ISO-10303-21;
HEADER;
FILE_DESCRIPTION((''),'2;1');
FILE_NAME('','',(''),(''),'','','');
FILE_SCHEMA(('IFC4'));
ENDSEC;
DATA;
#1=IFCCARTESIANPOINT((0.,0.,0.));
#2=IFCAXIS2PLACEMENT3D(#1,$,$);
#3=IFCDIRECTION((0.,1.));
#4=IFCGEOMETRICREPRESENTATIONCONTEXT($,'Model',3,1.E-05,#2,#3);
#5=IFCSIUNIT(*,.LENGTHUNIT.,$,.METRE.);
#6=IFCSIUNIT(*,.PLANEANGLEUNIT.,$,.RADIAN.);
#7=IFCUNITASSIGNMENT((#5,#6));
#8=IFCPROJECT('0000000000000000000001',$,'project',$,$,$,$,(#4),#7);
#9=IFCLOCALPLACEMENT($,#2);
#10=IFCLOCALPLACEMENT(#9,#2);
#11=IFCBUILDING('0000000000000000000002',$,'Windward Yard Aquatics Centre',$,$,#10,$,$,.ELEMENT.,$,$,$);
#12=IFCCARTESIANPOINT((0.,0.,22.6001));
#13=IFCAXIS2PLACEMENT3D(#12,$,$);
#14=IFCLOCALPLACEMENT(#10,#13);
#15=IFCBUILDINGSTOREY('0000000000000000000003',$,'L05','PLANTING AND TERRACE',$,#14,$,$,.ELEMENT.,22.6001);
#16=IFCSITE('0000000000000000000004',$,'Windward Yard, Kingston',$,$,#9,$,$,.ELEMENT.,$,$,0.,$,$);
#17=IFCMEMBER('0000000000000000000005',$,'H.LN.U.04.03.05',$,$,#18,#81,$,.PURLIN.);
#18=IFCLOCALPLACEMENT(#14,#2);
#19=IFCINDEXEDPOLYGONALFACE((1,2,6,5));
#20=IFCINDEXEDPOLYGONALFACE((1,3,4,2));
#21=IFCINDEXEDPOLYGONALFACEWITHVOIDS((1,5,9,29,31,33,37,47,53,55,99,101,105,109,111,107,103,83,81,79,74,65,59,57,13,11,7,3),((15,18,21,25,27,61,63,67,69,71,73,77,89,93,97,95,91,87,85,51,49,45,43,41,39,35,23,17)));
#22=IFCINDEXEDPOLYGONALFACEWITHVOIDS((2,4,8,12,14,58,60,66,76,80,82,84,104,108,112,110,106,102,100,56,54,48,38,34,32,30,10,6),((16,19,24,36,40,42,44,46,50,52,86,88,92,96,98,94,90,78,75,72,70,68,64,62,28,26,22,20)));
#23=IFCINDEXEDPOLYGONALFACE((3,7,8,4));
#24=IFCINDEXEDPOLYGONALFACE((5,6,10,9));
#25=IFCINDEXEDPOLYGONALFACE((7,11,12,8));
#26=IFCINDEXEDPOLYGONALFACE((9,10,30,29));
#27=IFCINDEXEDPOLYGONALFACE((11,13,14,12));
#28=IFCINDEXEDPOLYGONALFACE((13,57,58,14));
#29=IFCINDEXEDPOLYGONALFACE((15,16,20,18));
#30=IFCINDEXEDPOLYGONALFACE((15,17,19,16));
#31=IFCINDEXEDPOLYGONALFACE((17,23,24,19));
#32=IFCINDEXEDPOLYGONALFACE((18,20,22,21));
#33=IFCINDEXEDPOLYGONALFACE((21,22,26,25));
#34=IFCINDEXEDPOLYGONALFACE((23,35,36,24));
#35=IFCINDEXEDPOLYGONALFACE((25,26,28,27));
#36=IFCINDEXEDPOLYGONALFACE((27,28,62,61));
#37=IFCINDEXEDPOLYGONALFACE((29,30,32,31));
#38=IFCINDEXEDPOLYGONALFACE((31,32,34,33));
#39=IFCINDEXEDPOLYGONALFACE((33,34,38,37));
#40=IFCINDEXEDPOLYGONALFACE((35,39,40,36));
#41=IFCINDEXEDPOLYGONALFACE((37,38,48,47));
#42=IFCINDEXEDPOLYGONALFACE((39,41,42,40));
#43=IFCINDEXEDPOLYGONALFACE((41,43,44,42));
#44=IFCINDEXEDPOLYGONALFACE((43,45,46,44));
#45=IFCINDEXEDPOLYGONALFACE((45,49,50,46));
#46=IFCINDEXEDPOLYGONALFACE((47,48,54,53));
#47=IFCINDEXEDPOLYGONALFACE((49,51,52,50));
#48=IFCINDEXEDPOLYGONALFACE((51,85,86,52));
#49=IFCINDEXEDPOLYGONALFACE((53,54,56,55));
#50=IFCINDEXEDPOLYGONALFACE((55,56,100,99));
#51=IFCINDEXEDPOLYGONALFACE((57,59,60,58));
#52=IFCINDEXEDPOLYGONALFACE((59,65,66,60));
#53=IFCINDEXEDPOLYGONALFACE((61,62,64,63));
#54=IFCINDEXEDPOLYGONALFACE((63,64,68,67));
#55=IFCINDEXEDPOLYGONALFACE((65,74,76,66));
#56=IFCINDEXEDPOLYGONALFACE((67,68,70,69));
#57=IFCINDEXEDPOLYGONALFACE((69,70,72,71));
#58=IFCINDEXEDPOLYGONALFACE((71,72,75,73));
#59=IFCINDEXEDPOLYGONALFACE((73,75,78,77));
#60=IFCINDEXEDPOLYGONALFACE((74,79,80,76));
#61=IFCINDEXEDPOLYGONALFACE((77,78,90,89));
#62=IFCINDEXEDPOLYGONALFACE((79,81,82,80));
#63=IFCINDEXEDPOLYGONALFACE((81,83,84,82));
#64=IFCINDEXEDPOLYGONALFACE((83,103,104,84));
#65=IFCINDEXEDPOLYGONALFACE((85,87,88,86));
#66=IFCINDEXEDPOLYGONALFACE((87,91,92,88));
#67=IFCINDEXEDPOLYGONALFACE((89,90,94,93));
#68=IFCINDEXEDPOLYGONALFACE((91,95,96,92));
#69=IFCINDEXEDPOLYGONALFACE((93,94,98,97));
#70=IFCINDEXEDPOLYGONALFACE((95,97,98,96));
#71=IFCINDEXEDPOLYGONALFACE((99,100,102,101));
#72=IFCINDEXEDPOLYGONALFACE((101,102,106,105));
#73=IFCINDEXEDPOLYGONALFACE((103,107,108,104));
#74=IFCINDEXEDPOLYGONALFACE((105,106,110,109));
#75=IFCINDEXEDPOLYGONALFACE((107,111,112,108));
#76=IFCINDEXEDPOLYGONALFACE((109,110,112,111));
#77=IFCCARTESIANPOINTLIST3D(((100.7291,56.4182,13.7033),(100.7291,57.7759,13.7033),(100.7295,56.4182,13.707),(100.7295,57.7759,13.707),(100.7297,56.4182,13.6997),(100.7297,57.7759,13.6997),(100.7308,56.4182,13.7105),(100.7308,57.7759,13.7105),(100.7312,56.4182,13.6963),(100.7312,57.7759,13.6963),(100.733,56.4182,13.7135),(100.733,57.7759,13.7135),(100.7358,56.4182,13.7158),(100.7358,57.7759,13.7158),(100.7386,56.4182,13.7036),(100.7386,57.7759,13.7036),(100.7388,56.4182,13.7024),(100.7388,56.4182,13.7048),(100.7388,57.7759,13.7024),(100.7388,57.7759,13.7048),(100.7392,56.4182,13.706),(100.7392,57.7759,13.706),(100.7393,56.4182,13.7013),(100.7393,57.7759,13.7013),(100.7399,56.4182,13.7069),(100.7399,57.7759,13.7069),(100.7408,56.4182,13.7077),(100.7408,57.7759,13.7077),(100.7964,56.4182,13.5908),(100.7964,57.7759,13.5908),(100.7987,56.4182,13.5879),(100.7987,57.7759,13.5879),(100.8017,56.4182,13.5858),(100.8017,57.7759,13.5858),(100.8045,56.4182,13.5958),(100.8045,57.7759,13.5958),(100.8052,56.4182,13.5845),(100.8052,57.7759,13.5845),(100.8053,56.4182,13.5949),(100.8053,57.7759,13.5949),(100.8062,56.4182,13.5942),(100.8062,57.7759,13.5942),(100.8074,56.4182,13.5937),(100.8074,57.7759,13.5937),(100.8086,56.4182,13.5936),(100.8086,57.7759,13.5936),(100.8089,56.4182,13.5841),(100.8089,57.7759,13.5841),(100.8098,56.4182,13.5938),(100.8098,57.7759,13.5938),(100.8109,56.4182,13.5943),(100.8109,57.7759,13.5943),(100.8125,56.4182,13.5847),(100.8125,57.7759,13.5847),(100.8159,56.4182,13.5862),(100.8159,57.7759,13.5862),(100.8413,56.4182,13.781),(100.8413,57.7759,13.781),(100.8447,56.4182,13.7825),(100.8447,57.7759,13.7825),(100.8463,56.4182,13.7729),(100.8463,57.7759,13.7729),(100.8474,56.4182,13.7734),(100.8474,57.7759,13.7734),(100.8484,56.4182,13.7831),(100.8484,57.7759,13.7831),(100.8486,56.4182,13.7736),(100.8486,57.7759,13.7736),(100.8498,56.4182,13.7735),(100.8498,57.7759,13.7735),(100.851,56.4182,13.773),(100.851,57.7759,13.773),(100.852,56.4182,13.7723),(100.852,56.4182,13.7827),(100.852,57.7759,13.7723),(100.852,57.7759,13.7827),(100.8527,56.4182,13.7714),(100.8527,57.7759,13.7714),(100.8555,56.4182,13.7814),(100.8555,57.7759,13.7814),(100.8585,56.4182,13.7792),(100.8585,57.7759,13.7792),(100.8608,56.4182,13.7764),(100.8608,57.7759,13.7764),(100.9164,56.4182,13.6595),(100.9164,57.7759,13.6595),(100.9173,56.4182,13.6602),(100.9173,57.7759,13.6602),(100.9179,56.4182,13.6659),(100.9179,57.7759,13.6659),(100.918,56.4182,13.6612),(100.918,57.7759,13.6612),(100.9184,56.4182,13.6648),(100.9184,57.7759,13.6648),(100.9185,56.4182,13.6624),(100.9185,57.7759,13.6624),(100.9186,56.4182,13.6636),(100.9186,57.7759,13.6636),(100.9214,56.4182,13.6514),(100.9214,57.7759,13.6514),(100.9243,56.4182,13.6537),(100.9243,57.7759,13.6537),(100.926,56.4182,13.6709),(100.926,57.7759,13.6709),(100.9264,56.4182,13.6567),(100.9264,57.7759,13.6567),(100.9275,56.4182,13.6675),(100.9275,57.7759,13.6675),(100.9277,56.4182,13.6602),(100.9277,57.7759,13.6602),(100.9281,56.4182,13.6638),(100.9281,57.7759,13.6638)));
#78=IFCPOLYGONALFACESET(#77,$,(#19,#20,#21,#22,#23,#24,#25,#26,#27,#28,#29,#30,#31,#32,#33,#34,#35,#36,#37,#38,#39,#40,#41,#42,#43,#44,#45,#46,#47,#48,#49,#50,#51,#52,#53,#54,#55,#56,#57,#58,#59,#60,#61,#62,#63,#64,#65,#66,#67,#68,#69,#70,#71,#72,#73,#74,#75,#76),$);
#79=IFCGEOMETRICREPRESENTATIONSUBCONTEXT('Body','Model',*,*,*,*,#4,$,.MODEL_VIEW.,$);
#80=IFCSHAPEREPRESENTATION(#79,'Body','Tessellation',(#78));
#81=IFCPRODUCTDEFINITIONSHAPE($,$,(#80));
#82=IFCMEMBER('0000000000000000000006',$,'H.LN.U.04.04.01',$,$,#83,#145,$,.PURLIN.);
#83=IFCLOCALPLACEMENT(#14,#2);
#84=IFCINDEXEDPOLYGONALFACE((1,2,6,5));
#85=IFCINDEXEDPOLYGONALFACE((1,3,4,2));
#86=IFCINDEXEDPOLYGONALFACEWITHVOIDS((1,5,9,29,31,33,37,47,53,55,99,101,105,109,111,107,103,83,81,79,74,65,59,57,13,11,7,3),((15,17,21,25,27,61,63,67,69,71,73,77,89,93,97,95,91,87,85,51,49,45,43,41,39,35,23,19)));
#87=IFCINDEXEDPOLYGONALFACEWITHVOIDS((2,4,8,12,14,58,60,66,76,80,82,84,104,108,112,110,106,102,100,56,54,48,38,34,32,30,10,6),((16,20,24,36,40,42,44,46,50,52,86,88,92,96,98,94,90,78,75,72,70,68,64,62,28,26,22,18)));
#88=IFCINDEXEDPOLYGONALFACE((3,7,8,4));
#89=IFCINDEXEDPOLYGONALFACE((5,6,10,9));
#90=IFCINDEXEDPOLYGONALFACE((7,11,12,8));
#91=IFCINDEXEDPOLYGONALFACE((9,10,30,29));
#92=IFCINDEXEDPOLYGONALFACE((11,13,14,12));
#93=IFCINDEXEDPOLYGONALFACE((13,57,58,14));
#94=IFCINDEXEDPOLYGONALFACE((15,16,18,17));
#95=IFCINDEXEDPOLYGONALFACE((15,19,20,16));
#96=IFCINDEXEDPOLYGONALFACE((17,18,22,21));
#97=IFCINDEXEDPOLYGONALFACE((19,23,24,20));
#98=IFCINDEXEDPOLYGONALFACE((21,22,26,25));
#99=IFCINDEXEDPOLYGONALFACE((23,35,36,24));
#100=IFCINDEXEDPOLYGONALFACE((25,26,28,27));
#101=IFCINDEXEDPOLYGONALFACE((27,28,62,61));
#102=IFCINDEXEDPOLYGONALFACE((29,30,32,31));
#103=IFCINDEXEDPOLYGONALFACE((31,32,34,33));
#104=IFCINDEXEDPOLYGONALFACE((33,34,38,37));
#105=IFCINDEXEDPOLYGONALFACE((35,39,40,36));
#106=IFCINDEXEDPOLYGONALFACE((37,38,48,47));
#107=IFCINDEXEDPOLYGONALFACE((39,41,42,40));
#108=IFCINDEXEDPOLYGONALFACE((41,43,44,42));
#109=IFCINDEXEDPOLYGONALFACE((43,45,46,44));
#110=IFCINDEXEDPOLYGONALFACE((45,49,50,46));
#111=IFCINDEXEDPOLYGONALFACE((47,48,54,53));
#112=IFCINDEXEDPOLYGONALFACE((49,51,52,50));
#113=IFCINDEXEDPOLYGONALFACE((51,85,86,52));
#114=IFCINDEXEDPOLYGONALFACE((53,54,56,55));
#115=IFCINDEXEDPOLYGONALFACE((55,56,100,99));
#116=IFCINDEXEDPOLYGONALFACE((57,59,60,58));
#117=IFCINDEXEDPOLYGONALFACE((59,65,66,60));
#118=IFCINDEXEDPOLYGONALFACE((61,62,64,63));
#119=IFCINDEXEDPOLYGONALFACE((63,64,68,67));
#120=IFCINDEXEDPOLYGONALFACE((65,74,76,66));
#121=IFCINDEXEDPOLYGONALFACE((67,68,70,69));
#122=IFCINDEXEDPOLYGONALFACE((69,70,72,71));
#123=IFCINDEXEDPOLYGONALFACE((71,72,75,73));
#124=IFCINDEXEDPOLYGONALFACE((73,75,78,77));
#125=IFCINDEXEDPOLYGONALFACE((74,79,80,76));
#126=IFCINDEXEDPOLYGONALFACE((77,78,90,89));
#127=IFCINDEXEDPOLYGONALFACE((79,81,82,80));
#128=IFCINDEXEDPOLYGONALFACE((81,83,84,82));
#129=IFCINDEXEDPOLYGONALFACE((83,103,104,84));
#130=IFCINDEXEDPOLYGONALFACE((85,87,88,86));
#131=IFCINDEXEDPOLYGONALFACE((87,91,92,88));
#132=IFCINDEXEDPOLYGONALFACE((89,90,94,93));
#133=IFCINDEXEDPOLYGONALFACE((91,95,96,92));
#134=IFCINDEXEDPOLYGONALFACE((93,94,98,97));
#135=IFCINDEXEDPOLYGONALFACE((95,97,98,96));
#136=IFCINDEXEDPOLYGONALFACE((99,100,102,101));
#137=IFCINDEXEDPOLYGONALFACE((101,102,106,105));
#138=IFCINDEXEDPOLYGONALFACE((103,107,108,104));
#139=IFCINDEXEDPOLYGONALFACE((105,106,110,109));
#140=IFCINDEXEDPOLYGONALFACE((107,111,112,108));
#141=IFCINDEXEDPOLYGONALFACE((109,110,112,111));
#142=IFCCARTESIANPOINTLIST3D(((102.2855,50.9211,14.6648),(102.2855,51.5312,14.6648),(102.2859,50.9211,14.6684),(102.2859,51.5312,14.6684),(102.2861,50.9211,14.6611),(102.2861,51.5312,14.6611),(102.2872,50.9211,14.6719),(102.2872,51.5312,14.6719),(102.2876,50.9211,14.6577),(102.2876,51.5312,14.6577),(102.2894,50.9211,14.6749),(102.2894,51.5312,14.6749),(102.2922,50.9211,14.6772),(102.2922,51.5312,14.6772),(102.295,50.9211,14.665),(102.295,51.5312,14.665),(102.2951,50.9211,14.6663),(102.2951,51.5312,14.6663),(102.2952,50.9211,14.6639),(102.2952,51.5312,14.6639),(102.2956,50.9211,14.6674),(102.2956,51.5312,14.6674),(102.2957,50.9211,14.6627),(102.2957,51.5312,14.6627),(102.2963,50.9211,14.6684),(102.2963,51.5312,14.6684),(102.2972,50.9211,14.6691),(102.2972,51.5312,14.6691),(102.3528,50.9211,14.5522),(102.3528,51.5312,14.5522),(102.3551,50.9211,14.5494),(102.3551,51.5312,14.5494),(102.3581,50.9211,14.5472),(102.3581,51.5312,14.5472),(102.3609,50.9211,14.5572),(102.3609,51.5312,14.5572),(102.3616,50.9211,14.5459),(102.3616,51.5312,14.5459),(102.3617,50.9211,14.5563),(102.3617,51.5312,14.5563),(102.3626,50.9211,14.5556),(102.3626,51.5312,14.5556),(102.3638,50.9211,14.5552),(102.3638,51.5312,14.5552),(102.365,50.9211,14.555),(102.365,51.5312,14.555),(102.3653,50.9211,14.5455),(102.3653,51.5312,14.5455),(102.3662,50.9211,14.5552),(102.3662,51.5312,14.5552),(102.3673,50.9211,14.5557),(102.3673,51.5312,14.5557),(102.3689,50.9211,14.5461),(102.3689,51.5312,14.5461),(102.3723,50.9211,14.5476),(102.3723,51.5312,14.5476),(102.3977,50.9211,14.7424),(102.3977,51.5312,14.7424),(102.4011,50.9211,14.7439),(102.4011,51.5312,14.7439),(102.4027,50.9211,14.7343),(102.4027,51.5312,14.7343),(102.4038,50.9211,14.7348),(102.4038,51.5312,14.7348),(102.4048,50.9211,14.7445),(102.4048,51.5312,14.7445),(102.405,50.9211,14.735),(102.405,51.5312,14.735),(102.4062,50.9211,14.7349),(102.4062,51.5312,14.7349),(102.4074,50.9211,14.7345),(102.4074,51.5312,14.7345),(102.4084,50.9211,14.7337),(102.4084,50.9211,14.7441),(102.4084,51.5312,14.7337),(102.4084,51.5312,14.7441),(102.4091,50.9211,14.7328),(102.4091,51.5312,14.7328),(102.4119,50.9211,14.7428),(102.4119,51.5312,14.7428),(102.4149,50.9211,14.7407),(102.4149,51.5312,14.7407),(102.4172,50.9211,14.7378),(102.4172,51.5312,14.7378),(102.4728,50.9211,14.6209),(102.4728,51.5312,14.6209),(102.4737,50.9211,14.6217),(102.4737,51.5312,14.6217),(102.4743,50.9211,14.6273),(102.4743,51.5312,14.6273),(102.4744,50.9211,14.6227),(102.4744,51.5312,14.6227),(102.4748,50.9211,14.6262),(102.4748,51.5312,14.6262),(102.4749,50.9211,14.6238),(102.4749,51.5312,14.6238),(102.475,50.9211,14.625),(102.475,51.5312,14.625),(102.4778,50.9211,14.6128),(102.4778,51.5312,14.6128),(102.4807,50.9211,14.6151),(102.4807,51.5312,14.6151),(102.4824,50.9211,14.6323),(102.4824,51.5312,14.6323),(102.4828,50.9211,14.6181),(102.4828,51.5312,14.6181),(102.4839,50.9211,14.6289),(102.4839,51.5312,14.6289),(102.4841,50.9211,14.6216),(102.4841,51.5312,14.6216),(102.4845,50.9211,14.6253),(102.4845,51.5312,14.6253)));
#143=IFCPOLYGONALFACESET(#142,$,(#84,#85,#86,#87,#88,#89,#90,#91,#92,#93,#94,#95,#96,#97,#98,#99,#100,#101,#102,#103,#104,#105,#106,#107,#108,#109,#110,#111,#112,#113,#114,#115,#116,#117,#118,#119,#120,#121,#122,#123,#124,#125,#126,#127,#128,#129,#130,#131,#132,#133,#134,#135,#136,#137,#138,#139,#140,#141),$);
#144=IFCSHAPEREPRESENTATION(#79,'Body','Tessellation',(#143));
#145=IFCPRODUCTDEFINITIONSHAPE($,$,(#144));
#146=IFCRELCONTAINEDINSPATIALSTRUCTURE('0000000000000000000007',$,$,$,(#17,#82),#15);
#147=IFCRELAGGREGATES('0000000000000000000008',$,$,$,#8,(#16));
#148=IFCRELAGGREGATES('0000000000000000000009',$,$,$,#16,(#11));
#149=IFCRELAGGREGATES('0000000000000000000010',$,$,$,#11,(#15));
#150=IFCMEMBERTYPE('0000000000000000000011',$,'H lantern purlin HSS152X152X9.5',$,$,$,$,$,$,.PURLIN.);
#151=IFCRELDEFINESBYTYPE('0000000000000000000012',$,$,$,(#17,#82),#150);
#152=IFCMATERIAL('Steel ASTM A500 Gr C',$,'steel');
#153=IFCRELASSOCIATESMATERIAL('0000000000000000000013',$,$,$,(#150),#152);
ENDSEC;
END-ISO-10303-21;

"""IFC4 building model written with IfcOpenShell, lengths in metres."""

from ifc_helpers import new_model, si_unit, direction, frame, origin, origin_2d, place, context, subcontext, project, spatial, hollow_rectangle, extrude, material, material_profile, profile_set, type_object, element, save


model = new_model("IFC4")

# Units and contexts
model_context = context("Model", 3, precision=1e-05, world=origin(), true_north=direction((0.0, 1.0)))
body_context = subcontext(model_context, "Body", "Model", "MODEL_VIEW")
ifc_project = project(units=[si_unit("LENGTHUNIT", "METRE"), si_unit("PLANEANGLEUNIT", "RADIAN")], contexts=[model_context])

# Site, building, storey
site_placement = place(None, origin())
site = spatial("IfcSite", under=ifc_project, at=site_placement, Name="Windward Yard, Kingston", CompositionType="ELEMENT", RefElevation=0.0)
building_placement = place(site_placement, origin())
building = spatial("IfcBuilding", under=site, at=building_placement, Name="Windward Yard Aquatics Centre", CompositionType="ELEMENT")
storey_placement = place(building_placement, frame((0.0, 0.0, 22.6001)))
storey = spatial("IfcBuildingStorey", under=building, at=storey_placement, Name="L05", Description="PLANTING AND TERRACE", CompositionType="ELEMENT", Elevation=22.6001)

# Members
ifc_material_1 = material(Name="Steel ASTM A500 Gr C", Category="steel")
ifc_material_profile = material_profile(ifc_material_1, hollow_rectangle(XDim=0.1523, YDim=0.1523, WallThickness=0.0095, InnerFilletRadius=0.0046, OuterFilletRadius=0.0142, at=origin_2d()), Name="HSS152X152X9.5")
ifc_profile_set = profile_set([ifc_material_profile], Name="Steel ASTM A500 Gr C")
member_type = type_object("IfcMemberType", Name="H lantern purlin HSS152X152X9.5", PredefinedType="PURLIN", material=ifc_profile_set)
member_1_placement = place(storey_placement, frame((100.8286, 56.4182, 13.6836), z_axis=(0.0, 1.0, 0.0), x_axis=(-0.850755, 0.0, -0.525562)))
element("IfcMember", 1, at=member_1_placement, inside=storey, type_object=member_type, Name="H.LN.U.04.03.05", PredefinedType="PURLIN", context=body_context, shape_type="SweptSolid", body=[
    extrude(hollow_rectangle(XDim=0.1523, YDim=0.1523, WallThickness=0.0095, InnerFilletRadius=0.0046, OuterFilletRadius=0.0142, at=origin_2d()), origin(), (0.0, 0.0, 1.0), 1.3577),
])
member_2_placement = place(storey_placement, frame((102.385, 50.9211, 14.645), z_axis=(0.0, 1.0, 0.0), x_axis=(-0.850755, 0.0, -0.525562)))
element("IfcMember", 2, at=member_2_placement, inside=storey, type_object=member_type, Name="H.LN.U.04.04.01", PredefinedType="PURLIN", context=body_context, shape_type="SweptSolid", body=[
    extrude(hollow_rectangle(XDim=0.1523, YDim=0.1523, WallThickness=0.0095, InnerFilletRadius=0.0046, OuterFilletRadius=0.0142, at=origin_2d()), origin(), (0.0, 0.0, 1.0), 0.6101),
])

save(model, "model.ifc")
